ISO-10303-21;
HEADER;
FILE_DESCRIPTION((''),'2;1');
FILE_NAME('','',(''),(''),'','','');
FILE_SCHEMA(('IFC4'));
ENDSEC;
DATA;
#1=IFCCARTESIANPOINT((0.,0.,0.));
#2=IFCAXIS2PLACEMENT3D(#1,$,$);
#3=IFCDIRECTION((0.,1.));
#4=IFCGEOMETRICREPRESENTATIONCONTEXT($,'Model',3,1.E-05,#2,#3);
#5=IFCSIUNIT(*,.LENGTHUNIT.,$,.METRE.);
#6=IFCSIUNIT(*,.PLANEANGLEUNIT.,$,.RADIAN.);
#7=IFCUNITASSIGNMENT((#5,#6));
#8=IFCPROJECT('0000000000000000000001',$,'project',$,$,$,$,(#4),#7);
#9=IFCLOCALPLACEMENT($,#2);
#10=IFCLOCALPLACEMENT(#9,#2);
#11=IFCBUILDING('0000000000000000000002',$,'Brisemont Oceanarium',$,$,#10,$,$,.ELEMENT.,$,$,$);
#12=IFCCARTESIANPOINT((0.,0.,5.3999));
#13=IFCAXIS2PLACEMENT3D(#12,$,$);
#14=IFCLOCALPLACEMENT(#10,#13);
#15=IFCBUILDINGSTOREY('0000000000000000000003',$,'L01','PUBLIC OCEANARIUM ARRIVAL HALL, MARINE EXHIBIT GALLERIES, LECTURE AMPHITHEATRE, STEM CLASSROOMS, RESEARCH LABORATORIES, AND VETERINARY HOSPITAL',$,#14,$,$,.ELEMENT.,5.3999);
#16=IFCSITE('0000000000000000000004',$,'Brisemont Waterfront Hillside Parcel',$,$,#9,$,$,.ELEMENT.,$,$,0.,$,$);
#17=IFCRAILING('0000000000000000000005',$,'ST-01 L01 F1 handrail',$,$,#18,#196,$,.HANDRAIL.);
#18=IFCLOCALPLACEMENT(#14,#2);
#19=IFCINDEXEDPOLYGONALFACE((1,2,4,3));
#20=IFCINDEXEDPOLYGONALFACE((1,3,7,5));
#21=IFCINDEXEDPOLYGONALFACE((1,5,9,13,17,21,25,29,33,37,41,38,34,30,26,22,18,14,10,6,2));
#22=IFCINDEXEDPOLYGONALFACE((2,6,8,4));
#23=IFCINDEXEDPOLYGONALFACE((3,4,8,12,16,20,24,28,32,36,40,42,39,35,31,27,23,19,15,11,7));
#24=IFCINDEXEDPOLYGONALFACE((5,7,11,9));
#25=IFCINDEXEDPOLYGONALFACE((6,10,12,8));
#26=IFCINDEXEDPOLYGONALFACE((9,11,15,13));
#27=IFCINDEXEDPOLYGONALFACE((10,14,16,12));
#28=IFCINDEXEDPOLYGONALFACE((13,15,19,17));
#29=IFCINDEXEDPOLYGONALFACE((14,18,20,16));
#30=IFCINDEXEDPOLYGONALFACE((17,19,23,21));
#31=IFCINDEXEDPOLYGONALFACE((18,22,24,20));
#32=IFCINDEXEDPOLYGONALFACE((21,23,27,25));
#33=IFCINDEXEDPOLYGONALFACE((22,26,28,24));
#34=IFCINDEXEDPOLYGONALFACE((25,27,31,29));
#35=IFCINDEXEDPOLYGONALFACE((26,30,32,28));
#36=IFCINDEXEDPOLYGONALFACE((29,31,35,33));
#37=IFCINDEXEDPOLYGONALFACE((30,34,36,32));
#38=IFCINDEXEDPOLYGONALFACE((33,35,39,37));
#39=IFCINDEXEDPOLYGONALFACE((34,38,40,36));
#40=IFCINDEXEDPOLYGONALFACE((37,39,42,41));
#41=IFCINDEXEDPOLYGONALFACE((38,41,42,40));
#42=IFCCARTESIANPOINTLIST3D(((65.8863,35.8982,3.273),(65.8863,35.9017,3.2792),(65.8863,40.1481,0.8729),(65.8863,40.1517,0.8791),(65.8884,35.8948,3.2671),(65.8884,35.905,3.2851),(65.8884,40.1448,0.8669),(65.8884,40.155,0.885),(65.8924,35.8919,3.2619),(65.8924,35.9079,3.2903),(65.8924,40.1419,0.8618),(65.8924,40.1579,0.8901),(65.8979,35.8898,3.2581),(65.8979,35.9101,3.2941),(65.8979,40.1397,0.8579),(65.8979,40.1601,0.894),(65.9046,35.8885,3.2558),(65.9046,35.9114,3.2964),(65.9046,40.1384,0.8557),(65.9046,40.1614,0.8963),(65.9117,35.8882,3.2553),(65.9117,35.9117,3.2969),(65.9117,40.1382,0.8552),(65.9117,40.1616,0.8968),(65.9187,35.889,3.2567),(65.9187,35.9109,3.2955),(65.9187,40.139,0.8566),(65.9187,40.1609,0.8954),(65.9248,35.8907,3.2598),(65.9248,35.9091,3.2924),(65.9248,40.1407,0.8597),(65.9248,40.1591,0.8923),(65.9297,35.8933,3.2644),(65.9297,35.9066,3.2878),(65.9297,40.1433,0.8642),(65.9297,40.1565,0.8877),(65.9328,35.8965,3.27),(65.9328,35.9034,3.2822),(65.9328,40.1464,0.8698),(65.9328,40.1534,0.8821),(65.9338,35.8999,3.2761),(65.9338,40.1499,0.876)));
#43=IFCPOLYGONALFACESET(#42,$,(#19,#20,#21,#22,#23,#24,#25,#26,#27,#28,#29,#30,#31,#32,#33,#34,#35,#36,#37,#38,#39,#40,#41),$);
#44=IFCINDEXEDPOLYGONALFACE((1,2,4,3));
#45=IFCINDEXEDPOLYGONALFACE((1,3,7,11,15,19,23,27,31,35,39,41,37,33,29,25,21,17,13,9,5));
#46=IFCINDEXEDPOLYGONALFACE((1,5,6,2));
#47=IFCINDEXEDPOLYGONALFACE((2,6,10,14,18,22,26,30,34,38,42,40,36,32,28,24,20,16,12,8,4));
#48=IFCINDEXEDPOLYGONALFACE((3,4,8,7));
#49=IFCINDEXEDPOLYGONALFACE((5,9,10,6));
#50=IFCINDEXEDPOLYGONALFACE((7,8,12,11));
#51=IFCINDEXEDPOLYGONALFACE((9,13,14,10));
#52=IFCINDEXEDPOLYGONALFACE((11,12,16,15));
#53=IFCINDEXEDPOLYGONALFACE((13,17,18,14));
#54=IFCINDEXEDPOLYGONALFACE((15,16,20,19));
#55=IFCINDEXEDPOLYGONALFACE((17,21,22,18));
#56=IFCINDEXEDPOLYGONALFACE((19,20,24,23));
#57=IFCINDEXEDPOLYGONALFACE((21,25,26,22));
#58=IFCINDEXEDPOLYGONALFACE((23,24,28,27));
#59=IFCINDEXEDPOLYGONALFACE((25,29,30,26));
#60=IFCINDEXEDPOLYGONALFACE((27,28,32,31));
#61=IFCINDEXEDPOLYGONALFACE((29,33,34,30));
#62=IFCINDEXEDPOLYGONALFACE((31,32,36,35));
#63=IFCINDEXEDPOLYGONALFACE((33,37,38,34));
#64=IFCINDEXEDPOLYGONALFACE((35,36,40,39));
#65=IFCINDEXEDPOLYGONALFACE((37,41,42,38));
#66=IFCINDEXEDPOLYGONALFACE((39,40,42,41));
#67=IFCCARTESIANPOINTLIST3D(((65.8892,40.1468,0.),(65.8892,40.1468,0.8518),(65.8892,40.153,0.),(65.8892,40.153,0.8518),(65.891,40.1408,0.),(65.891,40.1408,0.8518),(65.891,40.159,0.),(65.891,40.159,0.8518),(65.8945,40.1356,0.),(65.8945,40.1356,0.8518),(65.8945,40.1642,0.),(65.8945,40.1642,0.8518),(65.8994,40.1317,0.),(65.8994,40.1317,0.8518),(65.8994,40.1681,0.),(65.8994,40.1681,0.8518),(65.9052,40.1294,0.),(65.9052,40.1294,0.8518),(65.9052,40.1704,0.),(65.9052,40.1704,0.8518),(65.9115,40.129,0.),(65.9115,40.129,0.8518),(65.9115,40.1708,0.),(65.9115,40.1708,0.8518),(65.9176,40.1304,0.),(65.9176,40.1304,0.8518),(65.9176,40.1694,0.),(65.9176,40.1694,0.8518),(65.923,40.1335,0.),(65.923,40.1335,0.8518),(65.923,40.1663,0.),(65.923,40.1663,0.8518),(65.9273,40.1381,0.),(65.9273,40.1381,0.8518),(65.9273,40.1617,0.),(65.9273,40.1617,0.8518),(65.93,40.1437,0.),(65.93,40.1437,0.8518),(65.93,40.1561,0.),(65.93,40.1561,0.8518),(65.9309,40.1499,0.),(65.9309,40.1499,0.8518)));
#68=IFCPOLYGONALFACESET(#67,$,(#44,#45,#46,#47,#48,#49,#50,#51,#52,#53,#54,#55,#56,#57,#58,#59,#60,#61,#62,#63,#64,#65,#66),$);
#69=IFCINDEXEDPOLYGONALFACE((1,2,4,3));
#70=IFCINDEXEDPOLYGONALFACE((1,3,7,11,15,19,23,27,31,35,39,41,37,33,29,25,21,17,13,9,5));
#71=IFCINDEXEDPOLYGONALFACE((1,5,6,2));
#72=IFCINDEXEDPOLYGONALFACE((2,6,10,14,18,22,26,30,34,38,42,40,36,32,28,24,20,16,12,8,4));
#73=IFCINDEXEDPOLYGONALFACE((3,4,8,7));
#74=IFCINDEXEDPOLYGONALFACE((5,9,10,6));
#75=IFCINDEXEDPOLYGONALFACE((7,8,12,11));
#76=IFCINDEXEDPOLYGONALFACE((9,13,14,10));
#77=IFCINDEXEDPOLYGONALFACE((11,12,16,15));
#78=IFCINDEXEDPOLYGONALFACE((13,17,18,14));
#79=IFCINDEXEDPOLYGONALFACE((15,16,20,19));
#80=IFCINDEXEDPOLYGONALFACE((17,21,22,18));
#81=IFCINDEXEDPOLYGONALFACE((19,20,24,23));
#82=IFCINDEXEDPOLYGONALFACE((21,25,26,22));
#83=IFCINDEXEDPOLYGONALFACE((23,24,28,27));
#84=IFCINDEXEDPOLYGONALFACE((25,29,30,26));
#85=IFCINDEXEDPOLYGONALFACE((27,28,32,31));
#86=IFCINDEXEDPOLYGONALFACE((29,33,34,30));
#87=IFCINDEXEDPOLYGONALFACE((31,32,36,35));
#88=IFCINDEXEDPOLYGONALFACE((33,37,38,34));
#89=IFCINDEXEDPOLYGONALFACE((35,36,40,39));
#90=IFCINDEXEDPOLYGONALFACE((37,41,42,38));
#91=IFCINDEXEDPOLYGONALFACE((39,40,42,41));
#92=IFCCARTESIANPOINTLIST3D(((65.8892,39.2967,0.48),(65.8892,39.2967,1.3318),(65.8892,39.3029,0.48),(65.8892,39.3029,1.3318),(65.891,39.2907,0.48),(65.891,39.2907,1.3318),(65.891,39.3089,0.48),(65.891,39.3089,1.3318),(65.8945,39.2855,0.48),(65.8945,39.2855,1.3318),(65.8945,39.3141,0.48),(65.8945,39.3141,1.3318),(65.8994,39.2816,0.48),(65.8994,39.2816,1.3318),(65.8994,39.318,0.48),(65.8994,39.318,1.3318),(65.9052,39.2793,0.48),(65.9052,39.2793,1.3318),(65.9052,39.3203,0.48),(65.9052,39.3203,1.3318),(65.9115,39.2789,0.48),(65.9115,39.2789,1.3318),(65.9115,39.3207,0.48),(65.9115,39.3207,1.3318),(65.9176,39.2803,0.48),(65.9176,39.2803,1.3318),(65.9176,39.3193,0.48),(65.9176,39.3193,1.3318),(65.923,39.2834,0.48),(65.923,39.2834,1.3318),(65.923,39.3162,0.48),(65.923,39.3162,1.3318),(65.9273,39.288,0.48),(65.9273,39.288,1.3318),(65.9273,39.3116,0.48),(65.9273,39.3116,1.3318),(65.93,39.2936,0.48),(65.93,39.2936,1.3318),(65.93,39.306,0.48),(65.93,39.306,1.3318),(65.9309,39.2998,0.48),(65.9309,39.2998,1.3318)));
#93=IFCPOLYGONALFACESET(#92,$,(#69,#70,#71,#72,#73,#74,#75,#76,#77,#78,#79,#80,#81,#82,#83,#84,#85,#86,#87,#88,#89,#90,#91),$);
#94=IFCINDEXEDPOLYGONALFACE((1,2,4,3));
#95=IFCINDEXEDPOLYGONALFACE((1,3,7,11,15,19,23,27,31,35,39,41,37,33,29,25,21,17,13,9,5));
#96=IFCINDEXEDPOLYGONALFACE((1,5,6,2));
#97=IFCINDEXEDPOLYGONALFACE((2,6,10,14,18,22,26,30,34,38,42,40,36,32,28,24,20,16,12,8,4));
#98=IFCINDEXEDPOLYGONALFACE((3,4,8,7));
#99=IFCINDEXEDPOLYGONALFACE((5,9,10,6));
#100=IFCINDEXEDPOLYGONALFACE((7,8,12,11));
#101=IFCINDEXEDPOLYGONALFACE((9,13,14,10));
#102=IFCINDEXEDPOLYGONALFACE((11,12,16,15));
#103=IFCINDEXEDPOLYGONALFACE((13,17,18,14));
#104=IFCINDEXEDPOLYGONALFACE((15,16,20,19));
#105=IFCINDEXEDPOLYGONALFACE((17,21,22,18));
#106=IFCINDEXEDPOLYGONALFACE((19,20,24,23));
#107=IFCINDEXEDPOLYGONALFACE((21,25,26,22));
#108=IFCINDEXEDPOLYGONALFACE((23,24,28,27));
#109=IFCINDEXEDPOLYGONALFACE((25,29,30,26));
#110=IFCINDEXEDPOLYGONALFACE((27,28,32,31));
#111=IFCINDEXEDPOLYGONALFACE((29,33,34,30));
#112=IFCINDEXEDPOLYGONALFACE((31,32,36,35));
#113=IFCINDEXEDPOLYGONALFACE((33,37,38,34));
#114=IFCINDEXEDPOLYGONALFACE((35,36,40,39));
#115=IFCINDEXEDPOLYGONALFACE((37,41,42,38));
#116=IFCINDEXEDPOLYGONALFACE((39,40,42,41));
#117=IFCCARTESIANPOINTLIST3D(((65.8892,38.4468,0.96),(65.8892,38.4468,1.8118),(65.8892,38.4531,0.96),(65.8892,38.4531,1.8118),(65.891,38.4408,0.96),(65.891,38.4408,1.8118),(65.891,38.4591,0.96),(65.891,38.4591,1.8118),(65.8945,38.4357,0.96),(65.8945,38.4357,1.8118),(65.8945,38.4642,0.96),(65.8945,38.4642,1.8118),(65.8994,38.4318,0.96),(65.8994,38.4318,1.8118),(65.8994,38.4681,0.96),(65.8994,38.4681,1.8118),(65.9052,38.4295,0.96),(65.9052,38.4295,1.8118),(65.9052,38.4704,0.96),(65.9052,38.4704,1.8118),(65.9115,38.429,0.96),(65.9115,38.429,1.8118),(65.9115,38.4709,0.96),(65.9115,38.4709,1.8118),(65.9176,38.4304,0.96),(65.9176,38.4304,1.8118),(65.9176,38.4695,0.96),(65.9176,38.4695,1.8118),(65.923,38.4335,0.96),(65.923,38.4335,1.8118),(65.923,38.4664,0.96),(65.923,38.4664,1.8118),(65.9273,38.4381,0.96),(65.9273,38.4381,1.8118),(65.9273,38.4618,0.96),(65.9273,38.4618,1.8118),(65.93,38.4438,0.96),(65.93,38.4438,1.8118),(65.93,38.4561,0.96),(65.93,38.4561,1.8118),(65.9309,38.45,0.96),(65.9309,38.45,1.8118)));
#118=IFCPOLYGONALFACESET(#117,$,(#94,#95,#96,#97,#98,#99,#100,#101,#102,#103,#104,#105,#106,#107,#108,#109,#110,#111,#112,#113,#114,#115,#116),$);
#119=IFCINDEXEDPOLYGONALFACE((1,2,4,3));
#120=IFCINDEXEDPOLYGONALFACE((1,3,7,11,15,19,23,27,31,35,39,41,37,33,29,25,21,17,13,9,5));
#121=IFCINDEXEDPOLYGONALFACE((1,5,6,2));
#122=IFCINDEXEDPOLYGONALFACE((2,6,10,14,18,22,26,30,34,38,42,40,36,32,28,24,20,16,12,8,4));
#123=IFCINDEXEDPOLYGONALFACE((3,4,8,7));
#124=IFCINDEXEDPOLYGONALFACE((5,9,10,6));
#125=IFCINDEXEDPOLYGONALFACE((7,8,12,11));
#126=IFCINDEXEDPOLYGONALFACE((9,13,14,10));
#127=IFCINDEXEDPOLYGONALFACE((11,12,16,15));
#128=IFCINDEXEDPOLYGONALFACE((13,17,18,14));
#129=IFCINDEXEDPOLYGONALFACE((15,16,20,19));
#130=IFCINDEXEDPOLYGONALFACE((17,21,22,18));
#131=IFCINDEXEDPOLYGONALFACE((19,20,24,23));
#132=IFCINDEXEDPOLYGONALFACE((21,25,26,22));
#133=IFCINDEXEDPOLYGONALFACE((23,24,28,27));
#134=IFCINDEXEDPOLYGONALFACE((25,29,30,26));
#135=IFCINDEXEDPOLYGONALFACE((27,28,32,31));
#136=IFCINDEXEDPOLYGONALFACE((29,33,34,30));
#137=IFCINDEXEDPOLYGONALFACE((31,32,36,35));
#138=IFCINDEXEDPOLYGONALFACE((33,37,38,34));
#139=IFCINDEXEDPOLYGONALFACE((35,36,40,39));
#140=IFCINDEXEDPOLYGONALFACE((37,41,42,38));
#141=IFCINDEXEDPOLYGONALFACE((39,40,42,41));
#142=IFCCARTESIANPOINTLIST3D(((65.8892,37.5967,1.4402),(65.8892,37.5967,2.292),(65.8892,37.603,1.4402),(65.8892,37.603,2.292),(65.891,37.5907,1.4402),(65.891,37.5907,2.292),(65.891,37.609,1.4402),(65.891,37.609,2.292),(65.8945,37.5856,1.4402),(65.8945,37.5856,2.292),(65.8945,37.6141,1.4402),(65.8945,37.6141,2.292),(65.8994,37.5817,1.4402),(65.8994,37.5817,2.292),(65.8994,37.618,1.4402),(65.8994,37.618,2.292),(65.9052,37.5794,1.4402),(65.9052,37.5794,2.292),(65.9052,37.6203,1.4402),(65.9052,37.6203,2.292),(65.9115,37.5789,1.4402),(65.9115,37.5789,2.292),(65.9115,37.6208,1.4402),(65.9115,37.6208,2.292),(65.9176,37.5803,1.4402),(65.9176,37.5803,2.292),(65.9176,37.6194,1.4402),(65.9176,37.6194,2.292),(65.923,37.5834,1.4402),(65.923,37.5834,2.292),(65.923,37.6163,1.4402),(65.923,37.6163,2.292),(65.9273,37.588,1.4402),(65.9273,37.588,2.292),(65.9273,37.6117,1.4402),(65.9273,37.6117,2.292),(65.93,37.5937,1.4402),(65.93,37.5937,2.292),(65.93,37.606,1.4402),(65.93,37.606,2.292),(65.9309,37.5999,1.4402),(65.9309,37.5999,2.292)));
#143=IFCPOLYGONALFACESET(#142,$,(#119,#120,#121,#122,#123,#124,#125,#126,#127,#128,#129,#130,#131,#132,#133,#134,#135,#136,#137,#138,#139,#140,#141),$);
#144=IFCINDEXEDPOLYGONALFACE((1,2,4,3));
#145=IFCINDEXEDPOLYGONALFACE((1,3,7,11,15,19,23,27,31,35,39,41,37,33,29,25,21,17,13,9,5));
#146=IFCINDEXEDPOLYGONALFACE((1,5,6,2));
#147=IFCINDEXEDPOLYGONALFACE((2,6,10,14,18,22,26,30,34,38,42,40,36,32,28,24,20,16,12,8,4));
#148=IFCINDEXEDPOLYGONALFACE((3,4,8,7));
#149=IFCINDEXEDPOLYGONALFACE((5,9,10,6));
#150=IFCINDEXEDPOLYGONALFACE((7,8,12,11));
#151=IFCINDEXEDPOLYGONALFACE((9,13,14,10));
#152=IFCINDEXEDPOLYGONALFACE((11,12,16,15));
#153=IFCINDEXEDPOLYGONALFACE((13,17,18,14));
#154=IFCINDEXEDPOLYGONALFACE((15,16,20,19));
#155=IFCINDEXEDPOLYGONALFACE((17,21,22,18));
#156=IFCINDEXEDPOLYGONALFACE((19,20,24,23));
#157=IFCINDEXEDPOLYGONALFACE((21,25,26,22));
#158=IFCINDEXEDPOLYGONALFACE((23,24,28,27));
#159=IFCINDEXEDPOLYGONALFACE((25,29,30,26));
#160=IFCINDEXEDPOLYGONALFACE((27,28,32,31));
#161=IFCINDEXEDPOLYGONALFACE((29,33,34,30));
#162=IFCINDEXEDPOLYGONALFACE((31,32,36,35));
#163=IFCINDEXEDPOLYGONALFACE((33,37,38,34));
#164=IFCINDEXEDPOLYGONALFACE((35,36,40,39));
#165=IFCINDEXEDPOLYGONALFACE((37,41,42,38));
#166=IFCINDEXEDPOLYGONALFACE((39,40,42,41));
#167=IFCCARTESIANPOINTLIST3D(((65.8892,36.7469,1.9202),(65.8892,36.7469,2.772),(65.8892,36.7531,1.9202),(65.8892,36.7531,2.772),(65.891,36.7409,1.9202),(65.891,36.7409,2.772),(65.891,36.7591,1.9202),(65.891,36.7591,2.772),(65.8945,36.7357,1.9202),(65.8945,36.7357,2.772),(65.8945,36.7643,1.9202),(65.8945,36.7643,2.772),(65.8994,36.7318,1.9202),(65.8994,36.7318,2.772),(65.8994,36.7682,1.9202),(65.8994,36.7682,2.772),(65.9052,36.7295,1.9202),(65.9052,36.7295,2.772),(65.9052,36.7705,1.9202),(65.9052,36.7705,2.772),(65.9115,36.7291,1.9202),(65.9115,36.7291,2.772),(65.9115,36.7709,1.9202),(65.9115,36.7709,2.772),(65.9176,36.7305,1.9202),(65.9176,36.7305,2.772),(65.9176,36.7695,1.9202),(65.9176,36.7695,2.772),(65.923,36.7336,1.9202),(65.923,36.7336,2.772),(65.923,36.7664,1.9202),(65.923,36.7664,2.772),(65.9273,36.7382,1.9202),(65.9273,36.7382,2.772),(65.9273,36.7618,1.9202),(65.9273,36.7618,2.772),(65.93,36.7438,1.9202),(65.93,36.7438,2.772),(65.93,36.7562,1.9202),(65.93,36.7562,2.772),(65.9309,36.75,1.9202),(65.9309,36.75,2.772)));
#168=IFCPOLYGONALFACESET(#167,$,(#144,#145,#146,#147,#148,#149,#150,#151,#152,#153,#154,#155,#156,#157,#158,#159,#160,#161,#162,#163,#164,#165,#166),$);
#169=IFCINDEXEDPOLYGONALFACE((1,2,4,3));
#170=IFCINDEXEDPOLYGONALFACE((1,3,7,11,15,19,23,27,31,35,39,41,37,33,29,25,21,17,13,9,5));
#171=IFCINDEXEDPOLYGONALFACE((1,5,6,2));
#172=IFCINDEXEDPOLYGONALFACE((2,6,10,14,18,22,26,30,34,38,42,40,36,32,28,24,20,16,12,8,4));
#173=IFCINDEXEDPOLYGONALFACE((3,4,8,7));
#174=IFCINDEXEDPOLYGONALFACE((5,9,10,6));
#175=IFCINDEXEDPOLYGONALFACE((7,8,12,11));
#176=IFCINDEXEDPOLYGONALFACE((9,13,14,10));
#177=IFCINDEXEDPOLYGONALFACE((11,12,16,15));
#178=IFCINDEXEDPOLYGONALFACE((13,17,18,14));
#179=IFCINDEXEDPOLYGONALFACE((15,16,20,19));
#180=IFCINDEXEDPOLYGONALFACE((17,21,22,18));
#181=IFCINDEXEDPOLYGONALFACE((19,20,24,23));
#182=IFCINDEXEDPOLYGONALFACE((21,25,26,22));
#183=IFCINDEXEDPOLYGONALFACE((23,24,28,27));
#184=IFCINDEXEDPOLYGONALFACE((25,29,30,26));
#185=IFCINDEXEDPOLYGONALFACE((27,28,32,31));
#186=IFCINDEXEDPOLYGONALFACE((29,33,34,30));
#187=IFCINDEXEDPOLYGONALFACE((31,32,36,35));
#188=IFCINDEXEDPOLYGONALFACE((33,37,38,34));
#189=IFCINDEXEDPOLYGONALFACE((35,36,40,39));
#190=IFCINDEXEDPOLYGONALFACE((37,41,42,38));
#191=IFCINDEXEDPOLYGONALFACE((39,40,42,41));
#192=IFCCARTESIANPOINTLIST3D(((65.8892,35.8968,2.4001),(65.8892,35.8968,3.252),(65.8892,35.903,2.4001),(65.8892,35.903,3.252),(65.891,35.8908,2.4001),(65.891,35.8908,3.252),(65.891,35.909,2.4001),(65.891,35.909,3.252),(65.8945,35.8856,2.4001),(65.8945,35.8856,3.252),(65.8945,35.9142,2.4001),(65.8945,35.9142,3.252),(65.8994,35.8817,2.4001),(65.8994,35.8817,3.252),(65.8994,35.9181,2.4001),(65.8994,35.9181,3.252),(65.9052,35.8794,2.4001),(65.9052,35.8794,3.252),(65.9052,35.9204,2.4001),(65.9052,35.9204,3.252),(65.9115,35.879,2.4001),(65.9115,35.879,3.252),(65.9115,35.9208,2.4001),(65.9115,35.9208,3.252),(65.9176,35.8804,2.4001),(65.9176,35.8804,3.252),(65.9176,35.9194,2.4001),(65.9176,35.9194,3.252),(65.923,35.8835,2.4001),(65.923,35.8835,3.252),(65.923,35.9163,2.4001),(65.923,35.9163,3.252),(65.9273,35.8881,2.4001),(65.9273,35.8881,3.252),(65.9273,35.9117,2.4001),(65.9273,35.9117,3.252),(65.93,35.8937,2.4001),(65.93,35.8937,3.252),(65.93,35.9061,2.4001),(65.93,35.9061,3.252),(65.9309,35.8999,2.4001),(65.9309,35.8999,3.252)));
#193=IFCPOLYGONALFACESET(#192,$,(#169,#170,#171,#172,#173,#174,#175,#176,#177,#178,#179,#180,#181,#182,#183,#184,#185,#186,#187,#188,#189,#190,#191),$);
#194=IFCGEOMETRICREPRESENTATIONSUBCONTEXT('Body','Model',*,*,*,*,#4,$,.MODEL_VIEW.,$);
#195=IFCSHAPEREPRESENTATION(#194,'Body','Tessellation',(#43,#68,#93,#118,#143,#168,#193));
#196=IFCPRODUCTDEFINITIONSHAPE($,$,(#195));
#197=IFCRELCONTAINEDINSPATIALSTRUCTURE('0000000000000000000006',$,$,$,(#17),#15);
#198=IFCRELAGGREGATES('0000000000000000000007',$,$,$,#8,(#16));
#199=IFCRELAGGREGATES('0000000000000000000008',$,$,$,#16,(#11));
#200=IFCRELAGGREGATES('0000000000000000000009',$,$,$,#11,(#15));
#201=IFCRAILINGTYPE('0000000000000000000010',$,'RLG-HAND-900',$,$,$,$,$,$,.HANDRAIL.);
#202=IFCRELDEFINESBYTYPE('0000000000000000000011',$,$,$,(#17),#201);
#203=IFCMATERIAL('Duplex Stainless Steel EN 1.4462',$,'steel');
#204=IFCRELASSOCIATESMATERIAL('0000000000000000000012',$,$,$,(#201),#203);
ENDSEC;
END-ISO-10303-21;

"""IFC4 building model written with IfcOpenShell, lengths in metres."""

from ifc_helpers import new_model, si_unit, direction, frame, origin, origin_2d, place, context, subcontext, project, spatial, circle, extrude, material, type_object, element, save


model = new_model("IFC4")

# Units and contexts
model_context = context("Model", 3, precision=1e-05, world=origin(), true_north=direction((0.0, 1.0)))
body_context = subcontext(model_context, "Body", "Model", "MODEL_VIEW")
ifc_project = project(units=[si_unit("LENGTHUNIT", "METRE"), si_unit("PLANEANGLEUNIT", "RADIAN")], contexts=[model_context])

# Site, building, storey
site_placement = place(None, origin())
site = spatial("IfcSite", under=ifc_project, at=site_placement, Name="Brisemont Waterfront Hillside Parcel", CompositionType="ELEMENT", RefElevation=0.0)
building_placement = place(site_placement, origin())
building = spatial("IfcBuilding", under=site, at=building_placement, Name="Brisemont Oceanarium", CompositionType="ELEMENT")
storey_placement = place(building_placement, frame((0.0, 0.0, 5.3999)))
storey = spatial("IfcBuildingStorey", under=building, at=storey_placement, Name="L01", Description="PUBLIC OCEANARIUM ARRIVAL HALL, MARINE EXHIBIT GALLERIES, LECTURE AMPHITHEATRE, STEM CLASSROOMS, RESEARCH LABORATORIES, AND VETERINARY HOSPITAL", CompositionType="ELEMENT", Elevation=5.3999)

# Railing
ifc_material_1 = material(Name="Duplex Stainless Steel EN 1.4462", Category="steel")
railing_type_1 = type_object("IfcRailingType", Name="RLG-HAND-900", PredefinedType="HANDRAIL", material=ifc_material_1)
railing_1_placement = place(storey_placement, frame((65.9099, 40.1499, 0.0)))
element("IfcRailing", 1, at=railing_1_placement, inside=storey, type_object=railing_type_1, Name="ST-01 L01 F1 handrail", PredefinedType="HANDRAIL", context=body_context, shape_type="SweptSolid", body=[
    extrude(circle(Radius=0.0239, at=origin_2d()), frame((0.0, 0.0, 0.876), z_axis=(0.0, -0.870741, 0.491742), x_axis=(1.0, 0.0, 0.0)), (0.0, 0.0, 1.0), 4.8809),
    extrude(circle(Radius=0.021, at=origin_2d()), origin(), (0.0, 0.0, 1.0), 0.8518),
    extrude(circle(Radius=0.021, at=origin_2d()), frame((0.0, -0.8501, 0.48)), (0.0, 0.0, 1.0), 0.8518),
    extrude(circle(Radius=0.021, at=origin_2d()), frame((0.0, -1.7, 0.96)), (0.0, 0.0, 1.0), 0.8518),
    extrude(circle(Radius=0.021, at=origin_2d()), frame((0.0, -2.55, 1.4402)), (0.0, 0.0, 1.0), 0.8518),
    extrude(circle(Radius=0.021, at=origin_2d()), frame((0.0, -3.3999, 1.9202)), (0.0, 0.0, 1.0), 0.8518),
    extrude(circle(Radius=0.021, at=origin_2d()), frame((0.0, -4.25, 2.4001)), (0.0, 0.0, 1.0), 0.8518),
])

save(model, "model.ifc")
